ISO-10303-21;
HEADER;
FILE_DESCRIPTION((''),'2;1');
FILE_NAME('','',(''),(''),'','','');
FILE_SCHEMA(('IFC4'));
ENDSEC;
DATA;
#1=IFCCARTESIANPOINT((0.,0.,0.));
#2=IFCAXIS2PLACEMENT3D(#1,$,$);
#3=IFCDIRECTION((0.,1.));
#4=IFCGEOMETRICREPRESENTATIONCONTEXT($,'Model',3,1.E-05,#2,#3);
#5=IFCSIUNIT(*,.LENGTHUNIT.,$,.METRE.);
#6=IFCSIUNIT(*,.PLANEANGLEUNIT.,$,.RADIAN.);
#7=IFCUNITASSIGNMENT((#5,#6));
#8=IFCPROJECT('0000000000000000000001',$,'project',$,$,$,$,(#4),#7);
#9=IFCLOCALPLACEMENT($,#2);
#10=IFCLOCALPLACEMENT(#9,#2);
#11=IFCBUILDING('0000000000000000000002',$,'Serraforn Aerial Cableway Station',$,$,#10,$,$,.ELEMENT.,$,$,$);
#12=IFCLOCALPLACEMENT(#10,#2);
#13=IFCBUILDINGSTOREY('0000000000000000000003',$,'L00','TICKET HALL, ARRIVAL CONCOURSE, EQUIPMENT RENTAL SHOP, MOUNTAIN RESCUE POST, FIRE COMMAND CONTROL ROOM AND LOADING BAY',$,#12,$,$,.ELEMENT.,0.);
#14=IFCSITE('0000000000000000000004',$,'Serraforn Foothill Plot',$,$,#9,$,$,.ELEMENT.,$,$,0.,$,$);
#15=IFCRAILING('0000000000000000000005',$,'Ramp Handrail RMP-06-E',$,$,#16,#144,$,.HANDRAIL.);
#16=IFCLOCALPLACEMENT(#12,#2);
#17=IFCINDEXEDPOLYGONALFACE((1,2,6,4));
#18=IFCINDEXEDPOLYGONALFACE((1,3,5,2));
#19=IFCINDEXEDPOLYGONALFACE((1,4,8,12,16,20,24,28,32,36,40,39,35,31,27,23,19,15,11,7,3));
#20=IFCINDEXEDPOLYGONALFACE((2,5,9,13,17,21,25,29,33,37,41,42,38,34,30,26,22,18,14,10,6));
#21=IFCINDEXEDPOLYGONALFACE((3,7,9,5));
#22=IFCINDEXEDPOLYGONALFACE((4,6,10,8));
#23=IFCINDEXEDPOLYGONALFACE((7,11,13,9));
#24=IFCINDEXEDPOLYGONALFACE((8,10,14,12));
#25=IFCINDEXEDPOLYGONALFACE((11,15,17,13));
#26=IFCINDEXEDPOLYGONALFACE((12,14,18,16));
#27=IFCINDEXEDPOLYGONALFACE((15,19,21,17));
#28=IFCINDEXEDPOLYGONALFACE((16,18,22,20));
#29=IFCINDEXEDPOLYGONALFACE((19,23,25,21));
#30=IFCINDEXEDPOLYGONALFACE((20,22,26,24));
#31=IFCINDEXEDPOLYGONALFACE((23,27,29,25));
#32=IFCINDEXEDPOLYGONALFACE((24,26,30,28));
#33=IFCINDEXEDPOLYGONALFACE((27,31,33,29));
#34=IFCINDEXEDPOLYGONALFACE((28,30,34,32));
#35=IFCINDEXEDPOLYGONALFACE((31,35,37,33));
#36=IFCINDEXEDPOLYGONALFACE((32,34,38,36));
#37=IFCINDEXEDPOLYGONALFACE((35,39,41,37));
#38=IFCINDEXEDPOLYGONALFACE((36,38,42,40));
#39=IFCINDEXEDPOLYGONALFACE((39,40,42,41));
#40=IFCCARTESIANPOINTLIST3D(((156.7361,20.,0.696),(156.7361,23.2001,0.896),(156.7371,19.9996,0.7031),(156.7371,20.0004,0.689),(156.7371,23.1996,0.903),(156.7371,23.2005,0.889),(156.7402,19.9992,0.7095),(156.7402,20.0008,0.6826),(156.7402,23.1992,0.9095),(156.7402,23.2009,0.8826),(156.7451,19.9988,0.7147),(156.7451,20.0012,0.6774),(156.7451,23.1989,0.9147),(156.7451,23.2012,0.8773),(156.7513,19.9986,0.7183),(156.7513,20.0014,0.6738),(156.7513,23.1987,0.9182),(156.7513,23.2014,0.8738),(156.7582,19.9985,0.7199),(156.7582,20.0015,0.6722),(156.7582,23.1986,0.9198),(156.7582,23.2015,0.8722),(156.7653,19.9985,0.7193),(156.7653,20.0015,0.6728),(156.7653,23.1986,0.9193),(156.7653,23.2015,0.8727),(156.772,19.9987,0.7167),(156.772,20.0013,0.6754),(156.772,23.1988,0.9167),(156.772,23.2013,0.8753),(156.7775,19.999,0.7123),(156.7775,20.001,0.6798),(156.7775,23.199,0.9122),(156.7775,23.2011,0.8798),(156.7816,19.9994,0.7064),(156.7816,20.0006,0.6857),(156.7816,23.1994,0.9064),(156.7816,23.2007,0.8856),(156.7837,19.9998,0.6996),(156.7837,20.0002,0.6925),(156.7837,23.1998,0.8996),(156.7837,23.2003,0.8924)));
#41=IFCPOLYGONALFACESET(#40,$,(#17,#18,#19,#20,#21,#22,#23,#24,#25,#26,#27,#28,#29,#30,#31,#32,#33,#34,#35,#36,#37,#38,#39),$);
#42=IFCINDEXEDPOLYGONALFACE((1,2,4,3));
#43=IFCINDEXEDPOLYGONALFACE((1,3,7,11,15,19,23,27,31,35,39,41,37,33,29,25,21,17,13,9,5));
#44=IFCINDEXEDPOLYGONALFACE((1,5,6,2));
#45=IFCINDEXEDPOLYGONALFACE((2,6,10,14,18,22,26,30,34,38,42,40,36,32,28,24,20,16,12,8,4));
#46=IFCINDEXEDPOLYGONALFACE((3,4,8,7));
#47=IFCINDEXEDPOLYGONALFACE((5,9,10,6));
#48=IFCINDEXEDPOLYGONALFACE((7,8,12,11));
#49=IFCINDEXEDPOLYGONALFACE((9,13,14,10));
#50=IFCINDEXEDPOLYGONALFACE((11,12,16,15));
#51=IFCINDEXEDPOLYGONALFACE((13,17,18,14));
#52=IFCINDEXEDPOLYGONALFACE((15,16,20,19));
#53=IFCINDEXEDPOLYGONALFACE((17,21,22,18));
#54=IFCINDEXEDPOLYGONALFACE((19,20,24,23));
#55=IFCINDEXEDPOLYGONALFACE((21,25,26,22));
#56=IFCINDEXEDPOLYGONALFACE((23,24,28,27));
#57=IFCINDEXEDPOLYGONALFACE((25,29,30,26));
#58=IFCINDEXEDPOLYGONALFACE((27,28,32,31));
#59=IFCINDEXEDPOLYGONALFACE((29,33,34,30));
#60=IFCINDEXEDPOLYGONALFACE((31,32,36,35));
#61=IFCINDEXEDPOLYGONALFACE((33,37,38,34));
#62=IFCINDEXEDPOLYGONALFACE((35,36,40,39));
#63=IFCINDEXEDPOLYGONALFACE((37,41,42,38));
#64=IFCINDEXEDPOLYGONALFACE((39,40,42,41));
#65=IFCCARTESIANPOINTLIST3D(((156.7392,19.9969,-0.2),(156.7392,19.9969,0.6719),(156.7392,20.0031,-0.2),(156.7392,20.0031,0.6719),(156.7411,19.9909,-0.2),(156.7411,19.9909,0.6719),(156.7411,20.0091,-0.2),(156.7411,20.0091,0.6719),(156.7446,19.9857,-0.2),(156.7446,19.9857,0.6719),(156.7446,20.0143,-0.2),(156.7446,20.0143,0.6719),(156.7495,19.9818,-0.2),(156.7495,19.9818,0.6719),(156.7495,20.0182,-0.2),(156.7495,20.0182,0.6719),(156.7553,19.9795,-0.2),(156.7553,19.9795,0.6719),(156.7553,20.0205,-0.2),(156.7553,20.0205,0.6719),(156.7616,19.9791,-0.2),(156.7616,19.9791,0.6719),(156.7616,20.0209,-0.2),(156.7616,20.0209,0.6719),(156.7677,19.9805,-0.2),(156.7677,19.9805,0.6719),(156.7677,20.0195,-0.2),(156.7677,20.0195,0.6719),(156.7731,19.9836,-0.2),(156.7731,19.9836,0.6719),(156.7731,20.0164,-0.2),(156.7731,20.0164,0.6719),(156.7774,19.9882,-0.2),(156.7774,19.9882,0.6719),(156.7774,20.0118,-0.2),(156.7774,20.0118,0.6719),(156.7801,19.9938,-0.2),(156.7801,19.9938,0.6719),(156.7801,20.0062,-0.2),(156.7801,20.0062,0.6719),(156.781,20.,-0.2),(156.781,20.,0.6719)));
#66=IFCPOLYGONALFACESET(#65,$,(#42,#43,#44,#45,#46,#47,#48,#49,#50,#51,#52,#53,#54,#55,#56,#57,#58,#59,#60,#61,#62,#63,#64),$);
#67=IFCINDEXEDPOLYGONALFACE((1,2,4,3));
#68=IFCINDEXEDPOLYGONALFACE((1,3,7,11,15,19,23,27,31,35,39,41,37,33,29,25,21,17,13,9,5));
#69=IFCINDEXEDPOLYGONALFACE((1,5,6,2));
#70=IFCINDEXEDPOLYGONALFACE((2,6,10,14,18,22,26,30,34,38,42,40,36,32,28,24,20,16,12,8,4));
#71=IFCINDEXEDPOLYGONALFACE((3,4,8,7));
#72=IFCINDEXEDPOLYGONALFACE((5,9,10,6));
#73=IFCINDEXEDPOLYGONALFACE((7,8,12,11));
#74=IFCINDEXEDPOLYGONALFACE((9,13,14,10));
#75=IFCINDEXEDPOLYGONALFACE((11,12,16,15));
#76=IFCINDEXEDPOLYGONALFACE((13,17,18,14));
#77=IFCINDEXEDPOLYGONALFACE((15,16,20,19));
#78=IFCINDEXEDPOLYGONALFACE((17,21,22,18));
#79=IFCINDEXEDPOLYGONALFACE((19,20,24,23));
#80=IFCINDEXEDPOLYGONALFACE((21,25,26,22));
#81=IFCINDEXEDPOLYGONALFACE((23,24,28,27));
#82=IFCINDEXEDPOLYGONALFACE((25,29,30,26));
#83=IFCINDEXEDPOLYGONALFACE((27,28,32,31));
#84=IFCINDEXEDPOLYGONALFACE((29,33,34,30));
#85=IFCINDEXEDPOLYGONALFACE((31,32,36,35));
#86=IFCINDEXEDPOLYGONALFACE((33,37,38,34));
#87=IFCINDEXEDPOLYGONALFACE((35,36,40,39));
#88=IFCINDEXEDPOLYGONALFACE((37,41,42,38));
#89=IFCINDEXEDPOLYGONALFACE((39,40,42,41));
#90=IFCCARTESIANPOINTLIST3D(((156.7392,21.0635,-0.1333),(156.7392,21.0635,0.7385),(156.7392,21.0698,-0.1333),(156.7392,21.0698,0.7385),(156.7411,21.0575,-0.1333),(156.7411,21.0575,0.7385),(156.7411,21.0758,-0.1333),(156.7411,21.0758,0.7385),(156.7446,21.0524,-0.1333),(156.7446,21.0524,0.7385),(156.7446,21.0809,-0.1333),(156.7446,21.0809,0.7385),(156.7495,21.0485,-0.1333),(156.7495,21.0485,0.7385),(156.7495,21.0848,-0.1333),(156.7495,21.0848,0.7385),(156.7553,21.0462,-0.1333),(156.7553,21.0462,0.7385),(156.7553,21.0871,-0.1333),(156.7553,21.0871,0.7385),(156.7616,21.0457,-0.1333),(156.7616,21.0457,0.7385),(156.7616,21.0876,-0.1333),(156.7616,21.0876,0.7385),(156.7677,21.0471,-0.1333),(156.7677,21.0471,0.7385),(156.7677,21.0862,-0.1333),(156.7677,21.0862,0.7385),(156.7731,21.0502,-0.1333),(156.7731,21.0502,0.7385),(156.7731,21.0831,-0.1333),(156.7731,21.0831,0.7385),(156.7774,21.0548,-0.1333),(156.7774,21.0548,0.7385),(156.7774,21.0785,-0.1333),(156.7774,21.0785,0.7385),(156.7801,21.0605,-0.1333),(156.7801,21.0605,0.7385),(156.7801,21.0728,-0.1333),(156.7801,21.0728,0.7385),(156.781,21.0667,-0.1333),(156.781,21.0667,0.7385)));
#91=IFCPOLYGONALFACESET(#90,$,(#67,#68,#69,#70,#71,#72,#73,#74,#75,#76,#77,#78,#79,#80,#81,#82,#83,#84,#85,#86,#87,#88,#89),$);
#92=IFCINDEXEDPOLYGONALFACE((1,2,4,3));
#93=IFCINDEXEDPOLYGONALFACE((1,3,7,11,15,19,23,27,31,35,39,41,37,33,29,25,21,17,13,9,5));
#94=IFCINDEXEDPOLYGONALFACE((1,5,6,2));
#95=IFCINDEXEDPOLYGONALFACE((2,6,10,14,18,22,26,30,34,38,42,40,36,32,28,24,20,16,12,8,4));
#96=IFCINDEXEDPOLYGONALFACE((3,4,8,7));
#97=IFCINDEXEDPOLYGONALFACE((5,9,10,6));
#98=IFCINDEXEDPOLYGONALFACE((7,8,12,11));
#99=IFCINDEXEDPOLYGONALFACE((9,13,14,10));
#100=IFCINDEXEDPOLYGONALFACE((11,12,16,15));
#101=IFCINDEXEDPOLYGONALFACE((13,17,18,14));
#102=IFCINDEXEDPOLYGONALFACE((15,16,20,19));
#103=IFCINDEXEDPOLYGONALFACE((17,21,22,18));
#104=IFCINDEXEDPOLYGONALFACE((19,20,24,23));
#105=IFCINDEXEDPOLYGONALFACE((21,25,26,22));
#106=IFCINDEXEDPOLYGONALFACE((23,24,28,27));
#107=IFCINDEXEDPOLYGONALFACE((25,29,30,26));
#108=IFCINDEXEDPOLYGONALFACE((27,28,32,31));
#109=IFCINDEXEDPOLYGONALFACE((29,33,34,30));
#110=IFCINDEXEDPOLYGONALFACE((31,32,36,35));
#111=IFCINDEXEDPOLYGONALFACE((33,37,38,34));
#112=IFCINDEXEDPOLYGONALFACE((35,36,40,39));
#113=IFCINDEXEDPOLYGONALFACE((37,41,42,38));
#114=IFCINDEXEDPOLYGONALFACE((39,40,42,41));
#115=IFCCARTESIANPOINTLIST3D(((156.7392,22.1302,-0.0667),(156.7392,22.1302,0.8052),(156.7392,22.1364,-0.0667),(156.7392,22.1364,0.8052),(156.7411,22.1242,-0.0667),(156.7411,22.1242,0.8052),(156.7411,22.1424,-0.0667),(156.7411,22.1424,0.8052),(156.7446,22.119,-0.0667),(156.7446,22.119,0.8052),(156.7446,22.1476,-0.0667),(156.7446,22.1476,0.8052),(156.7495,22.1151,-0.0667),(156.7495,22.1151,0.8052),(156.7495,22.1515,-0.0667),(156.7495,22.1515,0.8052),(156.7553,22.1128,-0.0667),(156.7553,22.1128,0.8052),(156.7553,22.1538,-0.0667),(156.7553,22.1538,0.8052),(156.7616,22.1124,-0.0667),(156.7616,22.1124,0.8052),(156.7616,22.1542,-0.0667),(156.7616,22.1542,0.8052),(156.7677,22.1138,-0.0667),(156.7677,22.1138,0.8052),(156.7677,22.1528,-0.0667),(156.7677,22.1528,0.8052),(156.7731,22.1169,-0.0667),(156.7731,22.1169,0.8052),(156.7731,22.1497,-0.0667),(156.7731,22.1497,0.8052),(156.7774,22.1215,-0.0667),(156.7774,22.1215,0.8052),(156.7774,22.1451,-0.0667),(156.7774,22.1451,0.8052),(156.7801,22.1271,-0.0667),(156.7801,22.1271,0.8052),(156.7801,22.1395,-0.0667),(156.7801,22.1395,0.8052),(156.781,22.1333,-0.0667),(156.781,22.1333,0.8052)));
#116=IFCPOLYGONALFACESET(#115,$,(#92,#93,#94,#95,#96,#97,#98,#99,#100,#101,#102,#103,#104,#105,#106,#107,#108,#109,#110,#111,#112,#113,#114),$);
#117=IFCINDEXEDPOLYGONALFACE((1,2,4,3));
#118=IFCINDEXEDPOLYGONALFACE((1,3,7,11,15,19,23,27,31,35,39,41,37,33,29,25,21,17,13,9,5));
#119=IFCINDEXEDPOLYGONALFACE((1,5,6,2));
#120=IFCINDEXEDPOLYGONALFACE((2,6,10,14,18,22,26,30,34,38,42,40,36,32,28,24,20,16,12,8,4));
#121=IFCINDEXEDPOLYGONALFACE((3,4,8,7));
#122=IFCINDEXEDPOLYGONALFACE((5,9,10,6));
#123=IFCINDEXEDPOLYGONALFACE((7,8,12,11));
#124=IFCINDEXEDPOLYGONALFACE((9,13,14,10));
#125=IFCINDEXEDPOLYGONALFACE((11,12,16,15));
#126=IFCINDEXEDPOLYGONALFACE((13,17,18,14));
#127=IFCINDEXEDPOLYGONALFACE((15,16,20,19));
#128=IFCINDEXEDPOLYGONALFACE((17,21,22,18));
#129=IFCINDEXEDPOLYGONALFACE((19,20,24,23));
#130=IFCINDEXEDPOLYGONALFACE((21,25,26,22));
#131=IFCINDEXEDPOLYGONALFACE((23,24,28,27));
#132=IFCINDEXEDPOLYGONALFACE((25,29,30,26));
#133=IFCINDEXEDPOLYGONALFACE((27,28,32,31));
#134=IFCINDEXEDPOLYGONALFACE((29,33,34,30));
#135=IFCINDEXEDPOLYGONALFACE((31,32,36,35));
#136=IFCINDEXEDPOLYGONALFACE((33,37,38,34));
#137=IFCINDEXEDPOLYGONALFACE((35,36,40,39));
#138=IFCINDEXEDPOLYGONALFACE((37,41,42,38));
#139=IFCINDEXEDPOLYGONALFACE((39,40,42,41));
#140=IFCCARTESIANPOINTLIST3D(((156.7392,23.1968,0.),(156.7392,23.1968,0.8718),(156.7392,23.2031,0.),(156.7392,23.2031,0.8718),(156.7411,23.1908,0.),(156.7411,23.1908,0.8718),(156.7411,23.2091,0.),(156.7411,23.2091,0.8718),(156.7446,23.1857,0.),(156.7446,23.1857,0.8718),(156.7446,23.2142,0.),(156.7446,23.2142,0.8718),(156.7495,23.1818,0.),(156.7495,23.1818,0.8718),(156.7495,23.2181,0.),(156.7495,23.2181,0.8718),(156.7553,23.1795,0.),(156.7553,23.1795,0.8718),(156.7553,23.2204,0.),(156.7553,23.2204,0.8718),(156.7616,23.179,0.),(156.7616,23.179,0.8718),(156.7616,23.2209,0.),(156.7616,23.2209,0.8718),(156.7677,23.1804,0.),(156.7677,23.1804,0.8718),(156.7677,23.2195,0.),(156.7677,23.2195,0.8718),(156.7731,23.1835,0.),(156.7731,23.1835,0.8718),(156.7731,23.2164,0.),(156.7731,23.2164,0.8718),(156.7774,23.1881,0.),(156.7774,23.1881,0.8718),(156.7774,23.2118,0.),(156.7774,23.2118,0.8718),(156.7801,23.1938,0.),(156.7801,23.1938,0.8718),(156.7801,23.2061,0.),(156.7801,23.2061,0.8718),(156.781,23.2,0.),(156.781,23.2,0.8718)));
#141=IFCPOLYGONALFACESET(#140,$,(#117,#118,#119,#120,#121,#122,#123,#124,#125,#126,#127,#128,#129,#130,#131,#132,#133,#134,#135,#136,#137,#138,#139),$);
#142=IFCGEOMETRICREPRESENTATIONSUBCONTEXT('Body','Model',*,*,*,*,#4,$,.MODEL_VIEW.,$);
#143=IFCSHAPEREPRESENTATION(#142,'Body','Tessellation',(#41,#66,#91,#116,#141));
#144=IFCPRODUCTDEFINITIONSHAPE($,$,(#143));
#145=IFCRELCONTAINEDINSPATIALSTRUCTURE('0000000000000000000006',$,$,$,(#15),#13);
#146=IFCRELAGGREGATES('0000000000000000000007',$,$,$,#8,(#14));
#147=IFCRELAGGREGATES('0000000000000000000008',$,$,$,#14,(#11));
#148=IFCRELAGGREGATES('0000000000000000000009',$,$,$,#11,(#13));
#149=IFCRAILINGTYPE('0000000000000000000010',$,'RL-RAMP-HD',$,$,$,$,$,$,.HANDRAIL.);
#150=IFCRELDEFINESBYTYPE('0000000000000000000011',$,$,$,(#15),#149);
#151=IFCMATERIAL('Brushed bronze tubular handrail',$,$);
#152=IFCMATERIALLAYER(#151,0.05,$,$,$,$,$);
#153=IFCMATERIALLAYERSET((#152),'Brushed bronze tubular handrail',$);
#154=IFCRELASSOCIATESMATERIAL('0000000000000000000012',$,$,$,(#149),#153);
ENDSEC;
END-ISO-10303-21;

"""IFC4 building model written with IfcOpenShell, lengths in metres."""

from ifc_helpers import new_model, si_unit, direction, frame, origin, origin_2d, place, context, subcontext, project, spatial, circle, extrude, material, layer, layer_set, type_object, element, save


model = new_model("IFC4")

# Units and contexts
model_context = context("Model", 3, precision=1e-05, world=origin(), true_north=direction((0.0, 1.0)))
body_context = subcontext(model_context, "Body", "Model", "MODEL_VIEW")
ifc_project = project(units=[si_unit("LENGTHUNIT", "METRE"), si_unit("PLANEANGLEUNIT", "RADIAN")], contexts=[model_context])

# Site, building, storey
site_placement = place(None, origin())
site = spatial("IfcSite", under=ifc_project, at=site_placement, Name="Serraforn Foothill Plot", CompositionType="ELEMENT", RefElevation=0.0)
building_placement = place(site_placement, origin())
building = spatial("IfcBuilding", under=site, at=building_placement, Name="Serraforn Aerial Cableway Station", CompositionType="ELEMENT")
storey_placement = place(building_placement, origin())
storey = spatial("IfcBuildingStorey", under=building, at=storey_placement, Name="L00", Description="TICKET HALL, ARRIVAL CONCOURSE, EQUIPMENT RENTAL SHOP, MOUNTAIN RESCUE POST, FIRE COMMAND CONTROL ROOM AND LOADING BAY", CompositionType="ELEMENT", Elevation=0.0)

# Railing
ifc_material_1 = material(Name="Brushed bronze tubular handrail")
ifc_layer_1 = layer(ifc_material_1, 0.05)
ifc_layer_set_1 = layer_set([ifc_layer_1], Name="Brushed bronze tubular handrail")
railing_type = type_object("IfcRailingType", Name="RL-RAMP-HD", PredefinedType="HANDRAIL", material=ifc_layer_set_1)
for number, where, name in (
    (1, (156.76, 20.0, -0.2), "Ramp Handrail RMP-06-E"),
):
    element("IfcRailing", number, at=place(storey_placement, frame(where)), inside=storey, type_object=railing_type, Name=name, PredefinedType="HANDRAIL", context=body_context, shape_type="SweptSolid", body=[
        extrude(circle(Radius=0.0239, at=origin_2d()), frame((0.0, 0.0, 0.896), z_axis=(0.0, 0.998053, 0.062364), x_axis=(-1.0, 0.0, 0.0)), (0.0, 0.0, 1.0), 3.2063),
        extrude(circle(Radius=0.021, at=origin_2d()), origin(), (0.0, 0.0, 1.0), 0.8718),
        extrude(circle(Radius=0.021, at=origin_2d()), frame((0.0, 1.0667, 0.0667)), (0.0, 0.0, 1.0), 0.8718),
        extrude(circle(Radius=0.021, at=origin_2d()), frame((0.0, 2.1333, 0.1333)), (0.0, 0.0, 1.0), 0.8718),
        extrude(circle(Radius=0.021, at=origin_2d()), frame((0.0, 3.2, 0.2)), (0.0, 0.0, 1.0), 0.8718),
    ])

save(model, "model.ifc")
